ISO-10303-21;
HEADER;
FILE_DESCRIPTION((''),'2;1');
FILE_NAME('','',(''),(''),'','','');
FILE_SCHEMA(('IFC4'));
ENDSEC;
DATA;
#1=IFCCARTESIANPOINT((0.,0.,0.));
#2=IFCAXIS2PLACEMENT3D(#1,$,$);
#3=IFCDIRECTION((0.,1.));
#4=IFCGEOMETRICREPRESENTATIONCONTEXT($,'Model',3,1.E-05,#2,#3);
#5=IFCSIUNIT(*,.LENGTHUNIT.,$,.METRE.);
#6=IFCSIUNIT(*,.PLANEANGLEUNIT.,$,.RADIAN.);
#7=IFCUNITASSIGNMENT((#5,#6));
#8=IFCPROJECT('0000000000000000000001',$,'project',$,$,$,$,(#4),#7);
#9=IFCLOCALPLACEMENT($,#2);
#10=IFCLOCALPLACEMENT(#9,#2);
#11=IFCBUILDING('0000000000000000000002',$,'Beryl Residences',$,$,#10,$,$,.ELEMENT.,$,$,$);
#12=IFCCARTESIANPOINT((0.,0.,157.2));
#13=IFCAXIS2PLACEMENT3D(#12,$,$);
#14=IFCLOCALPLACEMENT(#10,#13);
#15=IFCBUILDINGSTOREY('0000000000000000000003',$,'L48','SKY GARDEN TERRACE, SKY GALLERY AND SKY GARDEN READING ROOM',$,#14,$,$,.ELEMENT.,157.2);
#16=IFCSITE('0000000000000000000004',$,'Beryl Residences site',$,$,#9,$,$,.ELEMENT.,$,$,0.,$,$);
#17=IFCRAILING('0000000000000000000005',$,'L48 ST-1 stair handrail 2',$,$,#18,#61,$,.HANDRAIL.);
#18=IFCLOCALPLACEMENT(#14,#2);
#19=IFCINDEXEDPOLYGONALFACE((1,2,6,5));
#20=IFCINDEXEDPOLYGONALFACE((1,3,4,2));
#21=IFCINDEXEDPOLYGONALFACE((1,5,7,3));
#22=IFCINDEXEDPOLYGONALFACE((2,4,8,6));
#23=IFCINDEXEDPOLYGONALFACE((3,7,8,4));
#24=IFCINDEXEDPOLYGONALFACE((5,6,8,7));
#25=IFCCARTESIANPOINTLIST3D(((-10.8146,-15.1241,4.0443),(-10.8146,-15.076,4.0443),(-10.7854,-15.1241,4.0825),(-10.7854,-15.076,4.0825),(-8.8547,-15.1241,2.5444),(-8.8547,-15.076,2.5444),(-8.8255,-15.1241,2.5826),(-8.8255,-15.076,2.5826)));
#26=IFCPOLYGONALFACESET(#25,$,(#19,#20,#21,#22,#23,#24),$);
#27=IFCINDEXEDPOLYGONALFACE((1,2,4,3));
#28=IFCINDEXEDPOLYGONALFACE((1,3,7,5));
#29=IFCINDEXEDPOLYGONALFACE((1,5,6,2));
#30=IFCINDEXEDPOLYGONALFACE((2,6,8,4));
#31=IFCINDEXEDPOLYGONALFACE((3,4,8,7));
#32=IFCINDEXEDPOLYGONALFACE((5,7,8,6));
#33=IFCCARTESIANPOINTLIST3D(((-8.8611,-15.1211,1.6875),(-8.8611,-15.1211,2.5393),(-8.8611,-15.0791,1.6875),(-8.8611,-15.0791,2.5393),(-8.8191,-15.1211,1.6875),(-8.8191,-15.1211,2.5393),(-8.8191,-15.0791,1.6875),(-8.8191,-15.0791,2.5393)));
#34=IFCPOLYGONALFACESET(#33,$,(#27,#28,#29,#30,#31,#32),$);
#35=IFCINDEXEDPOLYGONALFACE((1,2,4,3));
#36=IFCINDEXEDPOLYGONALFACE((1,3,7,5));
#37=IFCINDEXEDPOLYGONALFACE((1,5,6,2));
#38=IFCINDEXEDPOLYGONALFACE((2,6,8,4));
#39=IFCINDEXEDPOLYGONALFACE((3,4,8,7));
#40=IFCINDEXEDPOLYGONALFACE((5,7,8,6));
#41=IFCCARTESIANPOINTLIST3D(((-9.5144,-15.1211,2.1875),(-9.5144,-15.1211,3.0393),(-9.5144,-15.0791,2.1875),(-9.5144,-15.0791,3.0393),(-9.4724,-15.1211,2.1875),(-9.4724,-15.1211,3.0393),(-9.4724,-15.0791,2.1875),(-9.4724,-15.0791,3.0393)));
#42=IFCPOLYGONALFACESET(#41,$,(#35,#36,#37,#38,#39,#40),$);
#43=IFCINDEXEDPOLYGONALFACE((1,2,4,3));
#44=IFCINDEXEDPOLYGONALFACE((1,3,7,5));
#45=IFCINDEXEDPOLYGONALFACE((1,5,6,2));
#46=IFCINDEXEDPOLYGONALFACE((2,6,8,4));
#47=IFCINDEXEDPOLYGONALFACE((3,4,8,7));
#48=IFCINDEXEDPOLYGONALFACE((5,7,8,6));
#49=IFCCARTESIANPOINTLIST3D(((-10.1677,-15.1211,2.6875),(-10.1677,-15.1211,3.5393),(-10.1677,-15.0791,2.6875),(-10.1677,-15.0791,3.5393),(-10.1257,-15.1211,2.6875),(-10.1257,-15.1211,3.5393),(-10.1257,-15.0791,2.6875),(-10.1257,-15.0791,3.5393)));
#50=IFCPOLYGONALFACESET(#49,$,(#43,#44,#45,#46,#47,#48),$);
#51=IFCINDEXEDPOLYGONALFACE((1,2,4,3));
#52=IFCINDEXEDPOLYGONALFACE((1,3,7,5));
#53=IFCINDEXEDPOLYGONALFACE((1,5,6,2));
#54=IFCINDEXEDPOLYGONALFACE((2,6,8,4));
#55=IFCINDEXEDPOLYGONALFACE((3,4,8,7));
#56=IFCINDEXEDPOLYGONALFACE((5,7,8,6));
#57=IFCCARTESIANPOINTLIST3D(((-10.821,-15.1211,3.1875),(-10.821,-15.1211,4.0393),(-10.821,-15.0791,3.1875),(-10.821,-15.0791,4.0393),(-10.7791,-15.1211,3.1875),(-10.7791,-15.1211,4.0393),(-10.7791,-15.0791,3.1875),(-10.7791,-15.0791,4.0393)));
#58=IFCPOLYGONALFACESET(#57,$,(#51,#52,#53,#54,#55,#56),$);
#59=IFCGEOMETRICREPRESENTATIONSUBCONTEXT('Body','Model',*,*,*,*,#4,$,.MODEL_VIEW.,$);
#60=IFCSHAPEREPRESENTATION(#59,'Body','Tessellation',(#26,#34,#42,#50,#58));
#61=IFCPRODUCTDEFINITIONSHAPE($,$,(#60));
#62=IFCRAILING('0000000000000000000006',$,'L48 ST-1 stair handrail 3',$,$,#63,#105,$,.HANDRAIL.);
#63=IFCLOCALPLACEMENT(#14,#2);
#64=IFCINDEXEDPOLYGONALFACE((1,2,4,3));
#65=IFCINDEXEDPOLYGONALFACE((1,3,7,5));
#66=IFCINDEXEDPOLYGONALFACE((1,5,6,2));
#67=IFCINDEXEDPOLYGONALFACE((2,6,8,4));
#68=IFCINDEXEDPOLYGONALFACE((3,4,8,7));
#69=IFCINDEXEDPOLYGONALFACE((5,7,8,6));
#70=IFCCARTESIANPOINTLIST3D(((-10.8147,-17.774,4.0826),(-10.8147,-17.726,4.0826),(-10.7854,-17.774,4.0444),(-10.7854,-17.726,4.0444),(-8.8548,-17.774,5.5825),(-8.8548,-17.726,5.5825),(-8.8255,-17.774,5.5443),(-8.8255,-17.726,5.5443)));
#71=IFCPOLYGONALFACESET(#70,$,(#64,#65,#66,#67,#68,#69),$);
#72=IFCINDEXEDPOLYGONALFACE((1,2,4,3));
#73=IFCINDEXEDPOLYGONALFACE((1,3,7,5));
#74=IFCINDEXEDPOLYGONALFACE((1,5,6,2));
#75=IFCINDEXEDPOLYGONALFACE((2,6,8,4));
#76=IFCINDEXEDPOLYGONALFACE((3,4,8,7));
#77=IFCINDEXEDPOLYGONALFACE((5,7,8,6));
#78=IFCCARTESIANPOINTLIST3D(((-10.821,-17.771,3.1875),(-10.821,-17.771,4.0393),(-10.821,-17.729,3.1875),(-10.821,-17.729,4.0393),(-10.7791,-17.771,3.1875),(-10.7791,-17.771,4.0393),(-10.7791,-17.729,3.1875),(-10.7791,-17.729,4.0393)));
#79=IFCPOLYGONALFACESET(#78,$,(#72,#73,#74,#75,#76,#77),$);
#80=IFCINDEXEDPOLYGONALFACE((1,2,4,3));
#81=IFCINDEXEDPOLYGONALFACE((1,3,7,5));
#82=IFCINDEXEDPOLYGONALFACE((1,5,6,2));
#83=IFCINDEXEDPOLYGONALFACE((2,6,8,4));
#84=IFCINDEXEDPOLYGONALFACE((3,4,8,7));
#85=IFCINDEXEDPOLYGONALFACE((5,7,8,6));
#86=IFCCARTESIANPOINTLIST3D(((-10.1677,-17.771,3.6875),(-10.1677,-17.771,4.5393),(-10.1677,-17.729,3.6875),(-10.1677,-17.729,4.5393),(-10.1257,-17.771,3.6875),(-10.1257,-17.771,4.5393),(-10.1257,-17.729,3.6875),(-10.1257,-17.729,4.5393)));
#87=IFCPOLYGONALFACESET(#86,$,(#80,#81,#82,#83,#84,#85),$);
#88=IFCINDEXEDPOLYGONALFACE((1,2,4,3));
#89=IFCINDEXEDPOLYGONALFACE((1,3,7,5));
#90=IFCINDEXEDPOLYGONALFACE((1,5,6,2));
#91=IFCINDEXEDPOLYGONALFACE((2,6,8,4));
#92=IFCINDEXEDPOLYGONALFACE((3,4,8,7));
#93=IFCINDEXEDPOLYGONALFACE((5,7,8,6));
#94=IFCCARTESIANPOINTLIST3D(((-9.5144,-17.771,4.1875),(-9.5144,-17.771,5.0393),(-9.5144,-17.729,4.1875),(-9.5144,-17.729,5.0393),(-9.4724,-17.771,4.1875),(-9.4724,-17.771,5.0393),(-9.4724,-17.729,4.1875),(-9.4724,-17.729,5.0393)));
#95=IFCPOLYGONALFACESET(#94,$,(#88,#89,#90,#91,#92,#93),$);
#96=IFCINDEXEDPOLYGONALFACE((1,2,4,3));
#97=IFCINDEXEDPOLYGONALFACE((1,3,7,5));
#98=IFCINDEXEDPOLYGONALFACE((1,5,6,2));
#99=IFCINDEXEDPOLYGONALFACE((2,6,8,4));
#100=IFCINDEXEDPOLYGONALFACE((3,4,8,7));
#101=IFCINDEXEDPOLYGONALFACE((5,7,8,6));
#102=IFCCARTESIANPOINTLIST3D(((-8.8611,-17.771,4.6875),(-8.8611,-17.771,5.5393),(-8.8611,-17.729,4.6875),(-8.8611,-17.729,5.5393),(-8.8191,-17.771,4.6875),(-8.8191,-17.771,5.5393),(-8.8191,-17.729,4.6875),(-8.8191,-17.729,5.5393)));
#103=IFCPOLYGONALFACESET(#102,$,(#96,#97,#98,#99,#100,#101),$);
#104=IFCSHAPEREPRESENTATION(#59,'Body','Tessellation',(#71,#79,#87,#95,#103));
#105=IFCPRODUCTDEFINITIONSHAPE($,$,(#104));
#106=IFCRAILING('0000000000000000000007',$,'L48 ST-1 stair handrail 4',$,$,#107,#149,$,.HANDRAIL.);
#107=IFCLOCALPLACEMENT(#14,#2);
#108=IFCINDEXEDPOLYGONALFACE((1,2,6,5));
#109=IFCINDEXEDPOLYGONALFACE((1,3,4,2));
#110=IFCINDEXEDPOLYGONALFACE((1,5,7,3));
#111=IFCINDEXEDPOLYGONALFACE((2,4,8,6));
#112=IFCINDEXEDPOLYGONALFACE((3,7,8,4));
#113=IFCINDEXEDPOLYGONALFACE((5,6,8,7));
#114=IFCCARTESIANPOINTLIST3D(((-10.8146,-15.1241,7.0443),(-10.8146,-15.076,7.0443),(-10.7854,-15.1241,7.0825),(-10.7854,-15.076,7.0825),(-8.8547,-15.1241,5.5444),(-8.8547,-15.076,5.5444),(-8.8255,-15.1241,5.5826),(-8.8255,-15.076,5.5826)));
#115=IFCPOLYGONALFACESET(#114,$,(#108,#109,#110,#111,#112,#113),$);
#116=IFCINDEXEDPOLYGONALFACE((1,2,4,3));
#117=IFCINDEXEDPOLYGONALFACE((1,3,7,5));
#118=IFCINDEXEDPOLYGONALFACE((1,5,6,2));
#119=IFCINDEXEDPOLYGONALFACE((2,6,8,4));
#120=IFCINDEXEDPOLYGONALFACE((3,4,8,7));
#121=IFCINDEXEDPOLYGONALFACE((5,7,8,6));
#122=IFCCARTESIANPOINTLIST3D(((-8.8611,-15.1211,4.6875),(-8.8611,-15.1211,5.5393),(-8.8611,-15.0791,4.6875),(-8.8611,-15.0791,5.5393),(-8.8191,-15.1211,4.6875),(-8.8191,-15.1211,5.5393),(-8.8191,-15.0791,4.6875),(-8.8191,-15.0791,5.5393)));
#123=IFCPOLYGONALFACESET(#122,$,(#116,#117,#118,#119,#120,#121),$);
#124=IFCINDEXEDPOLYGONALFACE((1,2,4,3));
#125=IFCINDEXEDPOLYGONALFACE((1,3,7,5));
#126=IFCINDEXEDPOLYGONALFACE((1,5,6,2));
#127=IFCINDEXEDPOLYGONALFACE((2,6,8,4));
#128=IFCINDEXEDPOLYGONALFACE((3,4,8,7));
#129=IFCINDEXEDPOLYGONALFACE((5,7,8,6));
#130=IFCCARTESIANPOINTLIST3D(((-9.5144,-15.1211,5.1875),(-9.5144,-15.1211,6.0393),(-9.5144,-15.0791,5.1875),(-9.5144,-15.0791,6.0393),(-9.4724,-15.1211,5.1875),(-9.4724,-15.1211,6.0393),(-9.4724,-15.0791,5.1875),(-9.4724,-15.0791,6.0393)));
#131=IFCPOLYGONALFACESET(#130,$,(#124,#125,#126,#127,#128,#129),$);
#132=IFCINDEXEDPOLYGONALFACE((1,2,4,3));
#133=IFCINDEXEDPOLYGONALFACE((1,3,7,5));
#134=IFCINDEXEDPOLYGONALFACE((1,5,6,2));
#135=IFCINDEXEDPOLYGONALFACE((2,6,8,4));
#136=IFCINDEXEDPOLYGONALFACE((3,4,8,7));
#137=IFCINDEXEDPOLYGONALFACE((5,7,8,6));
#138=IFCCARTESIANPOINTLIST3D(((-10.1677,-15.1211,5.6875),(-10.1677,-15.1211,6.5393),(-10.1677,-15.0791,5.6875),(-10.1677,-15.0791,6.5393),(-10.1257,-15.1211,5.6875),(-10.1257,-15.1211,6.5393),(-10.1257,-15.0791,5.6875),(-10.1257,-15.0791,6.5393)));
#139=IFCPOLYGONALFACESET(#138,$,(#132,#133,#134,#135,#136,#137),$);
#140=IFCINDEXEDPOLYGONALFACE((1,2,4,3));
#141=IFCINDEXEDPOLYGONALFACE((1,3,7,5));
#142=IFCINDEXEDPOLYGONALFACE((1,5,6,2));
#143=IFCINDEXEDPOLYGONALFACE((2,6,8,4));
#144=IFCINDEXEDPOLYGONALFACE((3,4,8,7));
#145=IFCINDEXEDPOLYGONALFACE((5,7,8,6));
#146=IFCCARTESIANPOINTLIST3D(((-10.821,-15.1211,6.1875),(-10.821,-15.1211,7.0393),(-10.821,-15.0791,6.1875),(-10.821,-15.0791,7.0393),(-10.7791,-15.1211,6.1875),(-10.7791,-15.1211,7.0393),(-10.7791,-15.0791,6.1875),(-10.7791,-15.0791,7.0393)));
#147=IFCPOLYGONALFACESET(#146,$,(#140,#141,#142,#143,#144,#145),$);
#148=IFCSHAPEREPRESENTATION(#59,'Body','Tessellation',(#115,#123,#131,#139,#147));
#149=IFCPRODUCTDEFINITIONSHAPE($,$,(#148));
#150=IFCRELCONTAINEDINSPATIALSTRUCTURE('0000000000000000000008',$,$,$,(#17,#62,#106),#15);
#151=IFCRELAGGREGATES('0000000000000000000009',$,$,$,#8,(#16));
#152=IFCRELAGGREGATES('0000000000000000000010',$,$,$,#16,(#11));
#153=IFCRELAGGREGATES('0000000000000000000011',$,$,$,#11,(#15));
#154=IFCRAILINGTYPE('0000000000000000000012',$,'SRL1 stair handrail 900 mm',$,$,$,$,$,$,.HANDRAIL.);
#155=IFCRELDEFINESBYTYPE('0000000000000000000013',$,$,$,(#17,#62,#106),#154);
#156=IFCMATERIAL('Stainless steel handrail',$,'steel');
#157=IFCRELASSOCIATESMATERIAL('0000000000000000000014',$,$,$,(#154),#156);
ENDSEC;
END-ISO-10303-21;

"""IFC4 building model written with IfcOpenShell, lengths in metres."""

from ifc_helpers import new_model, si_unit, direction, frame, origin, origin_2d, place, context, subcontext, project, spatial, rectangle, extrude, material, type_object, element, save


model = new_model("IFC4")

# Units and contexts
model_context = context("Model", 3, precision=1e-05, world=origin(), true_north=direction((0.0, 1.0)))
body_context = subcontext(model_context, "Body", "Model", "MODEL_VIEW")
ifc_project = project(units=[si_unit("LENGTHUNIT", "METRE"), si_unit("PLANEANGLEUNIT", "RADIAN")], contexts=[model_context])

# Site, building, storey
site_placement = place(None, origin())
site = spatial("IfcSite", under=ifc_project, at=site_placement, Name="Beryl Residences site", CompositionType="ELEMENT", RefElevation=0.0)
building_placement = place(site_placement, origin())
building = spatial("IfcBuilding", under=site, at=building_placement, Name="Beryl Residences", CompositionType="ELEMENT")
storey_placement = place(building_placement, frame((0.0, 0.0, 157.2)))
storey = spatial("IfcBuildingStorey", under=building, at=storey_placement, Name="L48", Description="SKY GARDEN TERRACE, SKY GALLERY AND SKY GARDEN READING ROOM", CompositionType="ELEMENT", Elevation=157.2)

# Railings
ifc_material_1 = material(Name="Stainless steel handrail", Category="steel")
railing_type_1 = type_object("IfcRailingType", Name="SRL1 stair handrail 900 mm", PredefinedType="HANDRAIL", material=ifc_material_1)
railing_1_placement = place(storey_placement, frame((-8.8401, -15.1001, 1.6875)))
element("IfcRailing", 1, at=railing_1_placement, inside=storey, type_object=railing_type_1, Name="L48 ST-1 stair handrail 2", PredefinedType="HANDRAIL", context=body_context, shape_type="SweptSolid", body=[
    extrude(rectangle(XDim=0.0481, YDim=0.0481, at=origin_2d()), frame((0.0, 0.0, 0.876), z_axis=(-0.794122, 0.0, 0.607758), x_axis=(0.0, -1.0, 0.0)), (0.0, 0.0, 1.0), 2.468),
    extrude(rectangle(XDim=0.042, YDim=0.042, at=origin_2d()), origin(), (0.0, 0.0, 1.0), 0.8518),
    extrude(rectangle(XDim=0.042, YDim=0.042, at=origin_2d()), frame((-0.6533, 0.0, 0.5)), (0.0, 0.0, 1.0), 0.8518),
    extrude(rectangle(XDim=0.042, YDim=0.042, at=origin_2d()), frame((-1.3066, 0.0, 1.0)), (0.0, 0.0, 1.0), 0.8518),
    extrude(rectangle(XDim=0.042, YDim=0.042, at=origin_2d()), frame((-1.96, 0.0, 1.5)), (0.0, 0.0, 1.0), 0.8518),
])
railing_2_placement = place(storey_placement, frame((-10.8, -17.75, 3.1875)))
element("IfcRailing", 2, at=railing_2_placement, inside=storey, type_object=railing_type_1, Name="L48 ST-1 stair handrail 3", PredefinedType="HANDRAIL", context=body_context, shape_type="SweptSolid", body=[
    extrude(rectangle(XDim=0.0481, YDim=0.0481, at=origin_2d()), frame((0.0, 0.0, 0.876), z_axis=(0.794122, 0.0, 0.607758), x_axis=(0.0, 1.0, 0.0)), (0.0, 0.0, 1.0), 2.468),
    extrude(rectangle(XDim=0.042, YDim=0.042, at=origin_2d()), origin(), (0.0, 0.0, 1.0), 0.8518),
    extrude(rectangle(XDim=0.042, YDim=0.042, at=origin_2d()), frame((0.6533, 0.0, 0.5)), (0.0, 0.0, 1.0), 0.8518),
    extrude(rectangle(XDim=0.042, YDim=0.042, at=origin_2d()), frame((1.3066, 0.0, 1.0)), (0.0, 0.0, 1.0), 0.8518),
    extrude(rectangle(XDim=0.042, YDim=0.042, at=origin_2d()), frame((1.96, 0.0, 1.5)), (0.0, 0.0, 1.0), 0.8518),
])
railing_3_placement = place(storey_placement, frame((-8.8401, -15.1001, 4.6875)))
element("IfcRailing", 3, at=railing_3_placement, inside=storey, type_object=railing_type_1, Name="L48 ST-1 stair handrail 4", PredefinedType="HANDRAIL", context=body_context, shape_type="SweptSolid", body=[
    extrude(rectangle(XDim=0.0481, YDim=0.0481, at=origin_2d()), frame((0.0, 0.0, 0.876), z_axis=(-0.794122, 0.0, 0.607758), x_axis=(0.0, -1.0, 0.0)), (0.0, 0.0, 1.0), 2.468),
    extrude(rectangle(XDim=0.042, YDim=0.042, at=origin_2d()), origin(), (0.0, 0.0, 1.0), 0.8518),
    extrude(rectangle(XDim=0.042, YDim=0.042, at=origin_2d()), frame((-0.6533, 0.0, 0.5)), (0.0, 0.0, 1.0), 0.8518),
    extrude(rectangle(XDim=0.042, YDim=0.042, at=origin_2d()), frame((-1.3066, 0.0, 1.0)), (0.0, 0.0, 1.0), 0.8518),
    extrude(rectangle(XDim=0.042, YDim=0.042, at=origin_2d()), frame((-1.96, 0.0, 1.5)), (0.0, 0.0, 1.0), 0.8518),
])

save(model, "model.ifc")
